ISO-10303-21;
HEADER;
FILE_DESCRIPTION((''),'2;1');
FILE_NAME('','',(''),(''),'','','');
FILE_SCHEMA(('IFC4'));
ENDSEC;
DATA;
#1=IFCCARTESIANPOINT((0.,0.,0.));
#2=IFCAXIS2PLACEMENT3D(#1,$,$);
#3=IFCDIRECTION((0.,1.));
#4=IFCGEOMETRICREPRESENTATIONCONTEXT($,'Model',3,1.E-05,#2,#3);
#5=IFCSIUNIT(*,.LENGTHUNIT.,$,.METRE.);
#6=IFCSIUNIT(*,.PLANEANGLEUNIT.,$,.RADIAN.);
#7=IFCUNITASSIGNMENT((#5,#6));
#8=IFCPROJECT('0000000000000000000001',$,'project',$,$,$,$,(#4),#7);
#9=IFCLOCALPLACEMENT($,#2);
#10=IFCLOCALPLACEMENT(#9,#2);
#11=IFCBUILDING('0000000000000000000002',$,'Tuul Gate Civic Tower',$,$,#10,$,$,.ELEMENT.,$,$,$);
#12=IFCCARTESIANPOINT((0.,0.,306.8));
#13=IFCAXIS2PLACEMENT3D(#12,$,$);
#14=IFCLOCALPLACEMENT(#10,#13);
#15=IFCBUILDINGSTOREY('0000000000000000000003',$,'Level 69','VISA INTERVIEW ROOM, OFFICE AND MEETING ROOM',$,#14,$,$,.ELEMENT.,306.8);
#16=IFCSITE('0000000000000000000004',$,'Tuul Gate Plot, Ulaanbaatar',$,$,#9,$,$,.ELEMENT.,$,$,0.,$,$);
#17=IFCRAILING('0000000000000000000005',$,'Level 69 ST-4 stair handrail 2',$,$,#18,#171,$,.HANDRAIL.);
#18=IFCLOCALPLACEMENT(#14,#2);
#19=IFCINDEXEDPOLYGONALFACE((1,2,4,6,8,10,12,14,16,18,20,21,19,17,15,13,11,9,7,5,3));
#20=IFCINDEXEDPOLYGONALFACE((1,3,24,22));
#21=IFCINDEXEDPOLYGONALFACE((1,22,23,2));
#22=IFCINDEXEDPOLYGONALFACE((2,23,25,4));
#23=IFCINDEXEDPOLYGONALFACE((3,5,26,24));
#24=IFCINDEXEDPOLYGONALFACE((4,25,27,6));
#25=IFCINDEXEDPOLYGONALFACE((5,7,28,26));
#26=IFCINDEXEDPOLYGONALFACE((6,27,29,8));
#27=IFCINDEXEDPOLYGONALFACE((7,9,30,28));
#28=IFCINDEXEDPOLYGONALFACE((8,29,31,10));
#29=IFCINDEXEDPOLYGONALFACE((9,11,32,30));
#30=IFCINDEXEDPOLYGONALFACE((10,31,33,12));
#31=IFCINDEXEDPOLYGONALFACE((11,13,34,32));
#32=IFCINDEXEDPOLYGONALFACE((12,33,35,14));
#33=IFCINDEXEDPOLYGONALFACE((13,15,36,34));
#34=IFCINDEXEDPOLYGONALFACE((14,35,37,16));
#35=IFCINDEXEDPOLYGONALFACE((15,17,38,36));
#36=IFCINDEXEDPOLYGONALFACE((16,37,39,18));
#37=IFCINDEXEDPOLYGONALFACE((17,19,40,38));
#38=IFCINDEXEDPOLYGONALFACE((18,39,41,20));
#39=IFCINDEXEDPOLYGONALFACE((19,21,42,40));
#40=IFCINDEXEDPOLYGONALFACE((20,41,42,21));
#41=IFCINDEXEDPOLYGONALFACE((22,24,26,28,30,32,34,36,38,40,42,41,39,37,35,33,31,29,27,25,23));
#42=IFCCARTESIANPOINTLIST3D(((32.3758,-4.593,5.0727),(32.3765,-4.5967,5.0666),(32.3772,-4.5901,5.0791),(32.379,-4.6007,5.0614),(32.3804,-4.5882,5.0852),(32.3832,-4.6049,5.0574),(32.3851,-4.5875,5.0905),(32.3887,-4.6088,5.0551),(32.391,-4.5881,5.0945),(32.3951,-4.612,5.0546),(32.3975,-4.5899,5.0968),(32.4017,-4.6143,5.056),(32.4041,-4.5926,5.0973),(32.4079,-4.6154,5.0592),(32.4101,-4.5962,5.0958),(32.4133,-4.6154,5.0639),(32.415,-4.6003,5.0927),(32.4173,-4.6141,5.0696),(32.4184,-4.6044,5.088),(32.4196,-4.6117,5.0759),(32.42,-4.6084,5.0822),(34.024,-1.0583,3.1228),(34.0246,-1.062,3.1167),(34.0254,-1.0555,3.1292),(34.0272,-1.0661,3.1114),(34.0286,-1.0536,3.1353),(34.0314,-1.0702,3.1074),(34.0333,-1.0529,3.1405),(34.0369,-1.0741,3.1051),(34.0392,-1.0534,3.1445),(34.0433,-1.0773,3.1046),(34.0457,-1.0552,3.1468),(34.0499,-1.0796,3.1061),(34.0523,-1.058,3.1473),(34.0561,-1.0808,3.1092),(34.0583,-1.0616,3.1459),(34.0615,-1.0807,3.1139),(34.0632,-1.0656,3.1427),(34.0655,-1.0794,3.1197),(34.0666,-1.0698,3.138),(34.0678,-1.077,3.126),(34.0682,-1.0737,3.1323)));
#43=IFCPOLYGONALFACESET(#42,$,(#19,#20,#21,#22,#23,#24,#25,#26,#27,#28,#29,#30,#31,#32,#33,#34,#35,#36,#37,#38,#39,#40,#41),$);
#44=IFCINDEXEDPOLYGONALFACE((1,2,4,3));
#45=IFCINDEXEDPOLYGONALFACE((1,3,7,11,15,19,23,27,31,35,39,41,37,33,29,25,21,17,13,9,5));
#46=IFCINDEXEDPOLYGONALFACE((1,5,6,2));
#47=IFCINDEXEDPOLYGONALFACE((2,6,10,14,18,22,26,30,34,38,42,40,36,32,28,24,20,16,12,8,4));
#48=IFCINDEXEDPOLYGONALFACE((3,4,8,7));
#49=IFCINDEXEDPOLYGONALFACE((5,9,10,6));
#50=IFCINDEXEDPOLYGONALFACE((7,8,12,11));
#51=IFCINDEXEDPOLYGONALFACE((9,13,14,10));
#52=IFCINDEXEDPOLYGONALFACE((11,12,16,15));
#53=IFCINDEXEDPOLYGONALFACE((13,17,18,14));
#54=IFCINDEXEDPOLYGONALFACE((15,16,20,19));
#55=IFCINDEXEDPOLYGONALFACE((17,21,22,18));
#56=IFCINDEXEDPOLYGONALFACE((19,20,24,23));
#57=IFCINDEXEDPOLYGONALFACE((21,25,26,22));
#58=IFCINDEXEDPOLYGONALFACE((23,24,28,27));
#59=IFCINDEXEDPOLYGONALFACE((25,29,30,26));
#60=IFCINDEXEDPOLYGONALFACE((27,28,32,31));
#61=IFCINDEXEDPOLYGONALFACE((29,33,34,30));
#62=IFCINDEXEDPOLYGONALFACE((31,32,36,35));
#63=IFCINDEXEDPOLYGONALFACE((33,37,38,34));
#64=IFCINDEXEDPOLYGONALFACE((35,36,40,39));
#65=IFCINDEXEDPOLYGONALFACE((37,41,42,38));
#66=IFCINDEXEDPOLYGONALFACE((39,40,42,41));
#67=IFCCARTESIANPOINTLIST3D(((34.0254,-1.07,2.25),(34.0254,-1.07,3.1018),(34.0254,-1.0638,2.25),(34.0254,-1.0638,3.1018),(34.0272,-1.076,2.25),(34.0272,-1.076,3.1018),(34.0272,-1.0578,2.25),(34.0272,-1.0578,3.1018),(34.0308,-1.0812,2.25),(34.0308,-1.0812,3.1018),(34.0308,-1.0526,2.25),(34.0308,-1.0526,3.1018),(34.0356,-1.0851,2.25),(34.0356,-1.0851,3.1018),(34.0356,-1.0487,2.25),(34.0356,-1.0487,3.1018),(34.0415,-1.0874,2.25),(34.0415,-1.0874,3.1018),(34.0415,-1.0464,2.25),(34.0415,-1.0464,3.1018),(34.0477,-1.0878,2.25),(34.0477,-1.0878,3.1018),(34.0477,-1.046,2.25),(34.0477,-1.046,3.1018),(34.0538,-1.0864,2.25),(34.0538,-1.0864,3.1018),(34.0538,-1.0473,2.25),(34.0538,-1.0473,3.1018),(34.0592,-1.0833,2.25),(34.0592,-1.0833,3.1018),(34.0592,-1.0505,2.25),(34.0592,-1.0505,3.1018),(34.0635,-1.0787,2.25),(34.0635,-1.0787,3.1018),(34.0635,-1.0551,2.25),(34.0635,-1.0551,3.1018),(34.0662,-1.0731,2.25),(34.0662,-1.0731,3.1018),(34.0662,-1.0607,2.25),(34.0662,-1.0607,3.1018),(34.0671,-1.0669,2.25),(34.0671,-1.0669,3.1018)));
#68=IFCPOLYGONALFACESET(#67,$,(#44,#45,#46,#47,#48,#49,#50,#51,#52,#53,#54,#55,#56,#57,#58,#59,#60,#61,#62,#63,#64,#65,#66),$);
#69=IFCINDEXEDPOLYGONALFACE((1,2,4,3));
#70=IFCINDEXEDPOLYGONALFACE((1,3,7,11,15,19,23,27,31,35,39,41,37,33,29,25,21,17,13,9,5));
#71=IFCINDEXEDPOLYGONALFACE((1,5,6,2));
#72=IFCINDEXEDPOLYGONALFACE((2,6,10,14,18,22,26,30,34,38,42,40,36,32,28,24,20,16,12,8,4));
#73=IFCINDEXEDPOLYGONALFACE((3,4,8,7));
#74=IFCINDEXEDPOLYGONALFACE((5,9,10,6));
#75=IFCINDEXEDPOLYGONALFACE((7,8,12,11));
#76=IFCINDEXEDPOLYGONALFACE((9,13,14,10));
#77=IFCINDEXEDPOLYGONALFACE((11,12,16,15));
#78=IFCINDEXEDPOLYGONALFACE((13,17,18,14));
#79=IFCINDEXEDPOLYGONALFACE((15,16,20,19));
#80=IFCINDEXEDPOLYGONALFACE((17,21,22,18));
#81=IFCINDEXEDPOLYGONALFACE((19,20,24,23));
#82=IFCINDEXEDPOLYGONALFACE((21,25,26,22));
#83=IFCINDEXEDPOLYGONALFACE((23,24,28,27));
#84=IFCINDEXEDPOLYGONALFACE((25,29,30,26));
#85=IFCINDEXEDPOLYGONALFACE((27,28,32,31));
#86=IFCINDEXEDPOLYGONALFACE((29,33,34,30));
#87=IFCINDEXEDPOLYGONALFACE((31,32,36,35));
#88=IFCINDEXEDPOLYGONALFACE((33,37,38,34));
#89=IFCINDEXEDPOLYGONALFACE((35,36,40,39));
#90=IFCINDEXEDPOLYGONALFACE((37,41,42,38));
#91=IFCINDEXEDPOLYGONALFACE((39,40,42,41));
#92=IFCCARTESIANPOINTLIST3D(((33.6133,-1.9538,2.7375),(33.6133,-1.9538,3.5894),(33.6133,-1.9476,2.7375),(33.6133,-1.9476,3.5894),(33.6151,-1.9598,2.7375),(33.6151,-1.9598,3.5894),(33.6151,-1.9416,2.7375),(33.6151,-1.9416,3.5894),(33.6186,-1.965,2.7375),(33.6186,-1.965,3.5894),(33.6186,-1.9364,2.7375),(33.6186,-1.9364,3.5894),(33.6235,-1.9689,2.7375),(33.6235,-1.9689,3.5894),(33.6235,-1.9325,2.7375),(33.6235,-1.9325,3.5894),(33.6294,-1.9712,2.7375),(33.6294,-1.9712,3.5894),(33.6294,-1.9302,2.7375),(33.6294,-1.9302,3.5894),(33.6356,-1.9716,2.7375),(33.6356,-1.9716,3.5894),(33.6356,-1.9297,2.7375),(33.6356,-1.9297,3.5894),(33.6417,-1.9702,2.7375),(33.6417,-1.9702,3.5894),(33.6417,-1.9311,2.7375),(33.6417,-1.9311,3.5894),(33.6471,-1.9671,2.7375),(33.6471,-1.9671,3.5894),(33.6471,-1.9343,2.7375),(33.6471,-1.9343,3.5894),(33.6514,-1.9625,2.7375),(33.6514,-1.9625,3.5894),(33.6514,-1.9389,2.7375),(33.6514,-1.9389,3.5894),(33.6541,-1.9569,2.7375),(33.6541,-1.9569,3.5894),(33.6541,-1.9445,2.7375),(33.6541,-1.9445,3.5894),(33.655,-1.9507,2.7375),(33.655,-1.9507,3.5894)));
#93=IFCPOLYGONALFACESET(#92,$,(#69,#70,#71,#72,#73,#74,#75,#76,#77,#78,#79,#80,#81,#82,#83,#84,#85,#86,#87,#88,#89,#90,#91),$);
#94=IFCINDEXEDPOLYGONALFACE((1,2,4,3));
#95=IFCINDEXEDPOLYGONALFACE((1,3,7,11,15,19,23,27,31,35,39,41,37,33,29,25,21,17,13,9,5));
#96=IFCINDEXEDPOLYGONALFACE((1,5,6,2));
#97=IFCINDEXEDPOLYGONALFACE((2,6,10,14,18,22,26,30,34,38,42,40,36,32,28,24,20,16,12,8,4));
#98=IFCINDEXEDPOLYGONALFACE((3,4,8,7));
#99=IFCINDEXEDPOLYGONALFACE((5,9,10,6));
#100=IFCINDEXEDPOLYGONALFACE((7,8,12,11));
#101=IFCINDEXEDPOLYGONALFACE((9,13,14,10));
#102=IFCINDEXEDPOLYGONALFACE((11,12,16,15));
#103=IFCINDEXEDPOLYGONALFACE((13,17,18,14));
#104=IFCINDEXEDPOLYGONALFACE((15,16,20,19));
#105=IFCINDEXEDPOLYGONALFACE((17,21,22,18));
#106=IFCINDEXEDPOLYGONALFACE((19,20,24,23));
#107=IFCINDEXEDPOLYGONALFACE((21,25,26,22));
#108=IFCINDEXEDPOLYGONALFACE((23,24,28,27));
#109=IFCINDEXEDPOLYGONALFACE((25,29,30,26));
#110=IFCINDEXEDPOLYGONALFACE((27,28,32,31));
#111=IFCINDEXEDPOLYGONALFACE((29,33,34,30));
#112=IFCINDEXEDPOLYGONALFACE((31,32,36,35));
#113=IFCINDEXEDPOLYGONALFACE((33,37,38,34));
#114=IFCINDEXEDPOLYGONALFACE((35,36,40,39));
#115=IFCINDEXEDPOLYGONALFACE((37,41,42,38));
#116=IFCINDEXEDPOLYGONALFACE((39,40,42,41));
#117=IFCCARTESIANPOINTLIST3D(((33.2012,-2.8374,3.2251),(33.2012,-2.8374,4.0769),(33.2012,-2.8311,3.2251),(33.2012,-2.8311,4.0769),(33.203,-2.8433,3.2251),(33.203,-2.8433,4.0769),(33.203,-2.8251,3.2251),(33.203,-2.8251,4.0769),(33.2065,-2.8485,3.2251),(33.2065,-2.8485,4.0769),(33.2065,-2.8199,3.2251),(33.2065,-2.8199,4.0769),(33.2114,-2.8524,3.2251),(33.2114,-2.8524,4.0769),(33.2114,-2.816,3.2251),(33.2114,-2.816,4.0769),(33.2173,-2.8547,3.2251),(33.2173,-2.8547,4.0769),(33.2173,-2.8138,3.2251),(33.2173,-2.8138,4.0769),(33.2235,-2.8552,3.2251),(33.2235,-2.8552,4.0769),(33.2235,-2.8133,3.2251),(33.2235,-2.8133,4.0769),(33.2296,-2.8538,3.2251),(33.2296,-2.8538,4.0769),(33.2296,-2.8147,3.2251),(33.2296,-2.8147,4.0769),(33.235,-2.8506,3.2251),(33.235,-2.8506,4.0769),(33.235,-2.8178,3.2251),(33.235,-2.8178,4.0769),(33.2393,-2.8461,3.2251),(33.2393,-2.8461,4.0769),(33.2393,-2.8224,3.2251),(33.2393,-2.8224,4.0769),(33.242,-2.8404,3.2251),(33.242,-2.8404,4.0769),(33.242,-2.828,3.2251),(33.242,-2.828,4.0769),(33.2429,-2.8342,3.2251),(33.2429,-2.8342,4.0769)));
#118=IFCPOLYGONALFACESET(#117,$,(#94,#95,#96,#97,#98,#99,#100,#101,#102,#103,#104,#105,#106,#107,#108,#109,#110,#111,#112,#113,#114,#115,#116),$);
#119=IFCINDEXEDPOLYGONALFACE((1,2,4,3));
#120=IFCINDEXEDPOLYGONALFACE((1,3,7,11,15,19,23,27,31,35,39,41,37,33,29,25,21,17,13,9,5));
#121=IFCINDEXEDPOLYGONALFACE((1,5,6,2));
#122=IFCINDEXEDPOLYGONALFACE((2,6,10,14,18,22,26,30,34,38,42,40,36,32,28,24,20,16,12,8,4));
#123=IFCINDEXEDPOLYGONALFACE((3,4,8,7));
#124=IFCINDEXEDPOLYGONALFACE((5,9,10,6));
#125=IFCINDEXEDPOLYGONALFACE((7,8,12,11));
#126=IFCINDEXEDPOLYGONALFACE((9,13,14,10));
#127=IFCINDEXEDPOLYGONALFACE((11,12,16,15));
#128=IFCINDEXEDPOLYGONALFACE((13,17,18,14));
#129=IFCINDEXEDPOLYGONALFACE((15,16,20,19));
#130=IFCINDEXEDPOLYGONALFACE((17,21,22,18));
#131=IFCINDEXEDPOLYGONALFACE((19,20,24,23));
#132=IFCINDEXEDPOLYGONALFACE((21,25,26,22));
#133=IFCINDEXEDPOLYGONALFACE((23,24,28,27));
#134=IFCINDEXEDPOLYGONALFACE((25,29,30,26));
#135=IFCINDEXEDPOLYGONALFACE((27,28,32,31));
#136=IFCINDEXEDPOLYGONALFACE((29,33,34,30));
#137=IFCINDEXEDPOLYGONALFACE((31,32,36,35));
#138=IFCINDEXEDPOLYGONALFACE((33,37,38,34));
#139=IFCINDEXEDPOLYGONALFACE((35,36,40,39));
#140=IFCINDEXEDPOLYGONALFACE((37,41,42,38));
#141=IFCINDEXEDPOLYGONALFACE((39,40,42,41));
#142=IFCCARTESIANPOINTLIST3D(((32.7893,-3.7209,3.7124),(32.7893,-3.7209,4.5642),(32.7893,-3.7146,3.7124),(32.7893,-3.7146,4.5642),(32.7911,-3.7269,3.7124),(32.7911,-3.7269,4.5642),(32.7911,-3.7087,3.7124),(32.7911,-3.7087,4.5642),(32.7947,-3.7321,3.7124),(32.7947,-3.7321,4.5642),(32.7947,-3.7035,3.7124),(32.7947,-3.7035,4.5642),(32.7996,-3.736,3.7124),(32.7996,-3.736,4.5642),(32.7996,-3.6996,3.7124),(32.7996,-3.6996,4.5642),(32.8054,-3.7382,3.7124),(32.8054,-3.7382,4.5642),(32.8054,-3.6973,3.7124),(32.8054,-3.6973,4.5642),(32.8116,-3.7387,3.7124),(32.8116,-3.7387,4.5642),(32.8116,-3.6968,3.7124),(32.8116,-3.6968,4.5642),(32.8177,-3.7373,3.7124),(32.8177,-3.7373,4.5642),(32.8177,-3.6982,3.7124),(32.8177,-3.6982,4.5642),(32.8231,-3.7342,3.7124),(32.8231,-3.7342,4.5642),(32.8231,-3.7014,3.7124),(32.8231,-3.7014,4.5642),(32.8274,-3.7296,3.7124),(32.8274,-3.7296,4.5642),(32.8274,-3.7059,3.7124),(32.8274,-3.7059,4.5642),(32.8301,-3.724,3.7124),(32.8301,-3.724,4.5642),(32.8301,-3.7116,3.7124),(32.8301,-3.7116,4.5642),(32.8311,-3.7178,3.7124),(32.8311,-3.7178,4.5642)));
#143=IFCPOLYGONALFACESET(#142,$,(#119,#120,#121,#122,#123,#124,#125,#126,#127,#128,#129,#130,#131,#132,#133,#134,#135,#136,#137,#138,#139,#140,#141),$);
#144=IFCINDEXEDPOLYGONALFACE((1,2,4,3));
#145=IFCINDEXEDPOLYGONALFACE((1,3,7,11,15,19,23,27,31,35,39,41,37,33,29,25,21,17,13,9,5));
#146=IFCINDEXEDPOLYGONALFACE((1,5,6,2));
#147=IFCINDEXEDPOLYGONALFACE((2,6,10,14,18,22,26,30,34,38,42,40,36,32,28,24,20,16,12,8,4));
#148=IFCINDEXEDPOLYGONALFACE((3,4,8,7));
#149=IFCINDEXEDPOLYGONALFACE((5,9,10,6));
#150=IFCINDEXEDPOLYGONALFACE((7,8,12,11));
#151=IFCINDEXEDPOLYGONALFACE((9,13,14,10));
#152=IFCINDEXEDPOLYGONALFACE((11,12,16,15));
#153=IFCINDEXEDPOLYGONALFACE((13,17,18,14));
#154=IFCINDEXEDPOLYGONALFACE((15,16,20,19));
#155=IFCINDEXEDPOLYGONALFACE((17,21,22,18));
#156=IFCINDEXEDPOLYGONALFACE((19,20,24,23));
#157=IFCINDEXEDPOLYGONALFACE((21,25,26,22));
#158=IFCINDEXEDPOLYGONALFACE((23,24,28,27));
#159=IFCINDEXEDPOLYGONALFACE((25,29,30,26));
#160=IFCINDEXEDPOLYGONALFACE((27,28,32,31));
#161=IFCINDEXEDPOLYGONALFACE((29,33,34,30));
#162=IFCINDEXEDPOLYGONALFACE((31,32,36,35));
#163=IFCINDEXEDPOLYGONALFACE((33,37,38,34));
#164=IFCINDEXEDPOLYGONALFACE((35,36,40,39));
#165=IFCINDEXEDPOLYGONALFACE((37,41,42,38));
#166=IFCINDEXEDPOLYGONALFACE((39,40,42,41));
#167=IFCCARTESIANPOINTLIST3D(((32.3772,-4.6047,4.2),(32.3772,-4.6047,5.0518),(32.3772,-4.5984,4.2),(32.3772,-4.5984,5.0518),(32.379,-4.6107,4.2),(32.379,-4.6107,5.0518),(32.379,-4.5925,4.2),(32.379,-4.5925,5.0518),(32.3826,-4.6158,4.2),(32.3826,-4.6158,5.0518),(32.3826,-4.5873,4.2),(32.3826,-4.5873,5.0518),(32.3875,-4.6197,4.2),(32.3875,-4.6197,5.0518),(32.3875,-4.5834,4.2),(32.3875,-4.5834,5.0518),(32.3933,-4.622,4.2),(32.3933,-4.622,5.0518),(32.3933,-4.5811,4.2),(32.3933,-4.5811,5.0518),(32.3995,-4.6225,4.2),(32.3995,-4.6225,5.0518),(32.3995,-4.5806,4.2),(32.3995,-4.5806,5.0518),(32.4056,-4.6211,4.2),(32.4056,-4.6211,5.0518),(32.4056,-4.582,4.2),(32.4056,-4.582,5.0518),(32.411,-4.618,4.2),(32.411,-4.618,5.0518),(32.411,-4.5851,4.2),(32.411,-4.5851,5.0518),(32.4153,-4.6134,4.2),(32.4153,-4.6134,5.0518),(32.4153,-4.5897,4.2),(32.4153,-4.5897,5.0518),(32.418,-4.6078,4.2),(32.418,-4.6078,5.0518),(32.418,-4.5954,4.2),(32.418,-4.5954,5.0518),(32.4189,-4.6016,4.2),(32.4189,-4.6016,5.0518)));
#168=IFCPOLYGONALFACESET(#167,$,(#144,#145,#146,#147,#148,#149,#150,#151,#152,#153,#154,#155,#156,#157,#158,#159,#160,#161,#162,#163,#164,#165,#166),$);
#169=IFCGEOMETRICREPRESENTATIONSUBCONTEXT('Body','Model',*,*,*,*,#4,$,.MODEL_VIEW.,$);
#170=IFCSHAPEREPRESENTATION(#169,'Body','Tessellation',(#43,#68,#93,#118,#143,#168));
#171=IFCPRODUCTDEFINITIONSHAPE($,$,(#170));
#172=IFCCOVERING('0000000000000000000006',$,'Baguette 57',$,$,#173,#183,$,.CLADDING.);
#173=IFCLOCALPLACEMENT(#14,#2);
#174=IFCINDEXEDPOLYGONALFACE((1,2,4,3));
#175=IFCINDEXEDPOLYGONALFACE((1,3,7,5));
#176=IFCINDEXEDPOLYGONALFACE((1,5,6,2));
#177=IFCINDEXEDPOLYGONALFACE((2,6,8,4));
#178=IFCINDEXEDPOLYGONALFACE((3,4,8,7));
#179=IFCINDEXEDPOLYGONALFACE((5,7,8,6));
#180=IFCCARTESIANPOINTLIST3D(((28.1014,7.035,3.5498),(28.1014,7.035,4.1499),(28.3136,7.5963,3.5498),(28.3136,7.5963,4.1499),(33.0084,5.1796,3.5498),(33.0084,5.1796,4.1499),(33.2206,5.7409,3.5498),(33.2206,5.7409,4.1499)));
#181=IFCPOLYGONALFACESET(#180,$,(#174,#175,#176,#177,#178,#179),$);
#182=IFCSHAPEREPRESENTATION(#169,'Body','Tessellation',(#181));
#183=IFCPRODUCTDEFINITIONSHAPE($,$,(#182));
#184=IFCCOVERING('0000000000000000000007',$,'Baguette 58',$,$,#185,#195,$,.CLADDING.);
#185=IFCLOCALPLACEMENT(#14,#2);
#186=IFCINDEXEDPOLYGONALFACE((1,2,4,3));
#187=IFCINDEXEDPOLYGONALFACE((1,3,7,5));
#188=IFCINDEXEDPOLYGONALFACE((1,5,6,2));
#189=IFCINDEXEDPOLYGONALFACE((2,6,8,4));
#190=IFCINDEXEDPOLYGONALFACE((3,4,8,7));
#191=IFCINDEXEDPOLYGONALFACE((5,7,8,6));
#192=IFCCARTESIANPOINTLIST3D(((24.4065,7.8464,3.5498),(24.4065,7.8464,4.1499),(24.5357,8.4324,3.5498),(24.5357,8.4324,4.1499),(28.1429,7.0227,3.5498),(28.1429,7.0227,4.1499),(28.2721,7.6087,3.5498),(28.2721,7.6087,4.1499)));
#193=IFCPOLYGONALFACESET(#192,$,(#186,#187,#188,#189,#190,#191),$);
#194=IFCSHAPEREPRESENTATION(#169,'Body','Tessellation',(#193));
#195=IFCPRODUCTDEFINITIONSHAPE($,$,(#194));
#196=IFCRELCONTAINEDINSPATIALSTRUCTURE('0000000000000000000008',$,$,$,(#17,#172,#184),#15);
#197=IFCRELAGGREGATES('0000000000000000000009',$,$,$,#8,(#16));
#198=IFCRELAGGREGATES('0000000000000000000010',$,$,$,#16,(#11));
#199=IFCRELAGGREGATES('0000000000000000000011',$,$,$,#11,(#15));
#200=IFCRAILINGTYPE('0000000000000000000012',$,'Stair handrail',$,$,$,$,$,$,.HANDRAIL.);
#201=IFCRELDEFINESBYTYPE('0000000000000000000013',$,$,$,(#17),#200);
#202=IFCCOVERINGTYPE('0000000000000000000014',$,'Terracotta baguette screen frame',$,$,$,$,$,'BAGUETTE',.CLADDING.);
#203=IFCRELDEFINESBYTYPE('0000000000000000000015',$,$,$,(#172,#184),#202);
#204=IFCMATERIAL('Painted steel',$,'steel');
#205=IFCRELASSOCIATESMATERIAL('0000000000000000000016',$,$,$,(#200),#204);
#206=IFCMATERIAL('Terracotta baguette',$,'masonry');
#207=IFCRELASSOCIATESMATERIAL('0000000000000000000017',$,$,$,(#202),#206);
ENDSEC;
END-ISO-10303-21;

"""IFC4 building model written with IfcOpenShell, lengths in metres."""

from ifc_helpers import new_model, si_unit, direction, frame, origin, origin_2d, place, context, subcontext, project, spatial, rectangle, circle, extrude, material, material_profile, profile_set, type_object, element, save


model = new_model("IFC4")

# Units and contexts
model_context = context("Model", 3, precision=1e-05, world=origin(), true_north=direction((0.0, 1.0)))
body_context = subcontext(model_context, "Body", "Model", "MODEL_VIEW")
ifc_project = project(units=[si_unit("LENGTHUNIT", "METRE"), si_unit("PLANEANGLEUNIT", "RADIAN")], contexts=[model_context])

# Site, building, storey
site_placement = place(None, origin())
site = spatial("IfcSite", under=ifc_project, at=site_placement, Name="Tuul Gate Plot, Ulaanbaatar", CompositionType="ELEMENT", RefElevation=0.0)
building_placement = place(site_placement, origin())
building = spatial("IfcBuilding", under=site, at=building_placement, Name="Tuul Gate Civic Tower", CompositionType="ELEMENT")
storey_placement = place(building_placement, frame((0.0, 0.0, 306.8)))
storey = spatial("IfcBuildingStorey", under=building, at=storey_placement, Name="Level 69", Description="VISA INTERVIEW ROOM, OFFICE AND MEETING ROOM", CompositionType="ELEMENT", Elevation=306.8)

# Railing
ifc_material_1 = material(Name="Painted steel", Category="steel")
railing_type_1 = type_object("IfcRailingType", Name="Stair handrail", PredefinedType="HANDRAIL", material=ifc_material_1)
railing_1_placement = place(storey_placement, frame((34.0461, -1.0669, 2.25)))
element("IfcRailing", 1, at=railing_1_placement, inside=storey, type_object=railing_type_1, Name="Level 69 ST-4 stair handrail 2", PredefinedType="HANDRAIL", context=body_context, shape_type="SweptSolid", body=[
    extrude(circle(Radius=0.0239, at=origin_2d()), frame((0.0, 0.0, 0.876), z_axis=(-0.377995, -0.810637, 0.4472), x_axis=(0.906313, -0.422608, 0.0)), (0.0, 0.0, 1.0), 4.3604),
    extrude(circle(Radius=0.021, at=origin_2d()), origin(), (0.0, 0.0, 1.0), 0.8518),
    extrude(circle(Radius=0.021, at=origin_2d()), frame((-0.4121, -0.8838, 0.4875)), (0.0, 0.0, 1.0), 0.8518),
    extrude(circle(Radius=0.021, at=origin_2d()), frame((-0.8242, -1.7673, 0.9751)), (0.0, 0.0, 1.0), 0.8518),
    extrude(circle(Radius=0.021, at=origin_2d()), frame((-1.2361, -2.6509, 1.4624)), (0.0, 0.0, 1.0), 0.8518),
    extrude(circle(Radius=0.021, at=origin_2d()), frame((-1.6482, -3.5347, 1.95)), (0.0, 0.0, 1.0), 0.8518),
])

# Coverings
ifc_material_2 = material(Name="Terracotta baguette", Category="masonry")
ifc_material_profile_1 = material_profile(ifc_material_2, rectangle(XDim=0.6001, YDim=0.6001, at=origin_2d()), Name="Terracotta baguette screen frame")
ifc_profile_set_1 = profile_set([ifc_material_profile_1], Name="Terracotta baguette")
covering_type = type_object("IfcCoveringType", Name="Terracotta baguette screen frame", ElementType="BAGUETTE", PredefinedType="CLADDING", material=ifc_profile_set_1)
covering_1_placement = place(storey_placement, frame((33.1145, 5.4602, 3.8499), z_axis=(-0.935364, 0.353687, 0.0), x_axis=(-0.353687, -0.935364, 0.0)))
element("IfcCovering", 2, at=covering_1_placement, inside=storey, type_object=covering_type, Name="Baguette 57", PredefinedType="CLADDING", context=body_context, shape_type="SweptSolid", body=[
    extrude(rectangle(XDim=0.6001, YDim=0.6001, at=origin_2d()), origin(), (0.0, 0.0, 1.0), 5.2461),
])
covering_2_placement = place(storey_placement, frame((28.2075, 7.3157, 3.8499), z_axis=(-0.976552, 0.215282, 0.0), x_axis=(-0.215282, -0.976552, 0.0)))
element("IfcCovering", 3, at=covering_2_placement, inside=storey, type_object=covering_type, Name="Baguette 58", PredefinedType="CLADDING", context=body_context, shape_type="SweptSolid", body=[
    extrude(rectangle(XDim=0.6001, YDim=0.6001, at=origin_2d()), origin(), (0.0, 0.0, 1.0), 3.8262),
])

save(model, "model.ifc")
